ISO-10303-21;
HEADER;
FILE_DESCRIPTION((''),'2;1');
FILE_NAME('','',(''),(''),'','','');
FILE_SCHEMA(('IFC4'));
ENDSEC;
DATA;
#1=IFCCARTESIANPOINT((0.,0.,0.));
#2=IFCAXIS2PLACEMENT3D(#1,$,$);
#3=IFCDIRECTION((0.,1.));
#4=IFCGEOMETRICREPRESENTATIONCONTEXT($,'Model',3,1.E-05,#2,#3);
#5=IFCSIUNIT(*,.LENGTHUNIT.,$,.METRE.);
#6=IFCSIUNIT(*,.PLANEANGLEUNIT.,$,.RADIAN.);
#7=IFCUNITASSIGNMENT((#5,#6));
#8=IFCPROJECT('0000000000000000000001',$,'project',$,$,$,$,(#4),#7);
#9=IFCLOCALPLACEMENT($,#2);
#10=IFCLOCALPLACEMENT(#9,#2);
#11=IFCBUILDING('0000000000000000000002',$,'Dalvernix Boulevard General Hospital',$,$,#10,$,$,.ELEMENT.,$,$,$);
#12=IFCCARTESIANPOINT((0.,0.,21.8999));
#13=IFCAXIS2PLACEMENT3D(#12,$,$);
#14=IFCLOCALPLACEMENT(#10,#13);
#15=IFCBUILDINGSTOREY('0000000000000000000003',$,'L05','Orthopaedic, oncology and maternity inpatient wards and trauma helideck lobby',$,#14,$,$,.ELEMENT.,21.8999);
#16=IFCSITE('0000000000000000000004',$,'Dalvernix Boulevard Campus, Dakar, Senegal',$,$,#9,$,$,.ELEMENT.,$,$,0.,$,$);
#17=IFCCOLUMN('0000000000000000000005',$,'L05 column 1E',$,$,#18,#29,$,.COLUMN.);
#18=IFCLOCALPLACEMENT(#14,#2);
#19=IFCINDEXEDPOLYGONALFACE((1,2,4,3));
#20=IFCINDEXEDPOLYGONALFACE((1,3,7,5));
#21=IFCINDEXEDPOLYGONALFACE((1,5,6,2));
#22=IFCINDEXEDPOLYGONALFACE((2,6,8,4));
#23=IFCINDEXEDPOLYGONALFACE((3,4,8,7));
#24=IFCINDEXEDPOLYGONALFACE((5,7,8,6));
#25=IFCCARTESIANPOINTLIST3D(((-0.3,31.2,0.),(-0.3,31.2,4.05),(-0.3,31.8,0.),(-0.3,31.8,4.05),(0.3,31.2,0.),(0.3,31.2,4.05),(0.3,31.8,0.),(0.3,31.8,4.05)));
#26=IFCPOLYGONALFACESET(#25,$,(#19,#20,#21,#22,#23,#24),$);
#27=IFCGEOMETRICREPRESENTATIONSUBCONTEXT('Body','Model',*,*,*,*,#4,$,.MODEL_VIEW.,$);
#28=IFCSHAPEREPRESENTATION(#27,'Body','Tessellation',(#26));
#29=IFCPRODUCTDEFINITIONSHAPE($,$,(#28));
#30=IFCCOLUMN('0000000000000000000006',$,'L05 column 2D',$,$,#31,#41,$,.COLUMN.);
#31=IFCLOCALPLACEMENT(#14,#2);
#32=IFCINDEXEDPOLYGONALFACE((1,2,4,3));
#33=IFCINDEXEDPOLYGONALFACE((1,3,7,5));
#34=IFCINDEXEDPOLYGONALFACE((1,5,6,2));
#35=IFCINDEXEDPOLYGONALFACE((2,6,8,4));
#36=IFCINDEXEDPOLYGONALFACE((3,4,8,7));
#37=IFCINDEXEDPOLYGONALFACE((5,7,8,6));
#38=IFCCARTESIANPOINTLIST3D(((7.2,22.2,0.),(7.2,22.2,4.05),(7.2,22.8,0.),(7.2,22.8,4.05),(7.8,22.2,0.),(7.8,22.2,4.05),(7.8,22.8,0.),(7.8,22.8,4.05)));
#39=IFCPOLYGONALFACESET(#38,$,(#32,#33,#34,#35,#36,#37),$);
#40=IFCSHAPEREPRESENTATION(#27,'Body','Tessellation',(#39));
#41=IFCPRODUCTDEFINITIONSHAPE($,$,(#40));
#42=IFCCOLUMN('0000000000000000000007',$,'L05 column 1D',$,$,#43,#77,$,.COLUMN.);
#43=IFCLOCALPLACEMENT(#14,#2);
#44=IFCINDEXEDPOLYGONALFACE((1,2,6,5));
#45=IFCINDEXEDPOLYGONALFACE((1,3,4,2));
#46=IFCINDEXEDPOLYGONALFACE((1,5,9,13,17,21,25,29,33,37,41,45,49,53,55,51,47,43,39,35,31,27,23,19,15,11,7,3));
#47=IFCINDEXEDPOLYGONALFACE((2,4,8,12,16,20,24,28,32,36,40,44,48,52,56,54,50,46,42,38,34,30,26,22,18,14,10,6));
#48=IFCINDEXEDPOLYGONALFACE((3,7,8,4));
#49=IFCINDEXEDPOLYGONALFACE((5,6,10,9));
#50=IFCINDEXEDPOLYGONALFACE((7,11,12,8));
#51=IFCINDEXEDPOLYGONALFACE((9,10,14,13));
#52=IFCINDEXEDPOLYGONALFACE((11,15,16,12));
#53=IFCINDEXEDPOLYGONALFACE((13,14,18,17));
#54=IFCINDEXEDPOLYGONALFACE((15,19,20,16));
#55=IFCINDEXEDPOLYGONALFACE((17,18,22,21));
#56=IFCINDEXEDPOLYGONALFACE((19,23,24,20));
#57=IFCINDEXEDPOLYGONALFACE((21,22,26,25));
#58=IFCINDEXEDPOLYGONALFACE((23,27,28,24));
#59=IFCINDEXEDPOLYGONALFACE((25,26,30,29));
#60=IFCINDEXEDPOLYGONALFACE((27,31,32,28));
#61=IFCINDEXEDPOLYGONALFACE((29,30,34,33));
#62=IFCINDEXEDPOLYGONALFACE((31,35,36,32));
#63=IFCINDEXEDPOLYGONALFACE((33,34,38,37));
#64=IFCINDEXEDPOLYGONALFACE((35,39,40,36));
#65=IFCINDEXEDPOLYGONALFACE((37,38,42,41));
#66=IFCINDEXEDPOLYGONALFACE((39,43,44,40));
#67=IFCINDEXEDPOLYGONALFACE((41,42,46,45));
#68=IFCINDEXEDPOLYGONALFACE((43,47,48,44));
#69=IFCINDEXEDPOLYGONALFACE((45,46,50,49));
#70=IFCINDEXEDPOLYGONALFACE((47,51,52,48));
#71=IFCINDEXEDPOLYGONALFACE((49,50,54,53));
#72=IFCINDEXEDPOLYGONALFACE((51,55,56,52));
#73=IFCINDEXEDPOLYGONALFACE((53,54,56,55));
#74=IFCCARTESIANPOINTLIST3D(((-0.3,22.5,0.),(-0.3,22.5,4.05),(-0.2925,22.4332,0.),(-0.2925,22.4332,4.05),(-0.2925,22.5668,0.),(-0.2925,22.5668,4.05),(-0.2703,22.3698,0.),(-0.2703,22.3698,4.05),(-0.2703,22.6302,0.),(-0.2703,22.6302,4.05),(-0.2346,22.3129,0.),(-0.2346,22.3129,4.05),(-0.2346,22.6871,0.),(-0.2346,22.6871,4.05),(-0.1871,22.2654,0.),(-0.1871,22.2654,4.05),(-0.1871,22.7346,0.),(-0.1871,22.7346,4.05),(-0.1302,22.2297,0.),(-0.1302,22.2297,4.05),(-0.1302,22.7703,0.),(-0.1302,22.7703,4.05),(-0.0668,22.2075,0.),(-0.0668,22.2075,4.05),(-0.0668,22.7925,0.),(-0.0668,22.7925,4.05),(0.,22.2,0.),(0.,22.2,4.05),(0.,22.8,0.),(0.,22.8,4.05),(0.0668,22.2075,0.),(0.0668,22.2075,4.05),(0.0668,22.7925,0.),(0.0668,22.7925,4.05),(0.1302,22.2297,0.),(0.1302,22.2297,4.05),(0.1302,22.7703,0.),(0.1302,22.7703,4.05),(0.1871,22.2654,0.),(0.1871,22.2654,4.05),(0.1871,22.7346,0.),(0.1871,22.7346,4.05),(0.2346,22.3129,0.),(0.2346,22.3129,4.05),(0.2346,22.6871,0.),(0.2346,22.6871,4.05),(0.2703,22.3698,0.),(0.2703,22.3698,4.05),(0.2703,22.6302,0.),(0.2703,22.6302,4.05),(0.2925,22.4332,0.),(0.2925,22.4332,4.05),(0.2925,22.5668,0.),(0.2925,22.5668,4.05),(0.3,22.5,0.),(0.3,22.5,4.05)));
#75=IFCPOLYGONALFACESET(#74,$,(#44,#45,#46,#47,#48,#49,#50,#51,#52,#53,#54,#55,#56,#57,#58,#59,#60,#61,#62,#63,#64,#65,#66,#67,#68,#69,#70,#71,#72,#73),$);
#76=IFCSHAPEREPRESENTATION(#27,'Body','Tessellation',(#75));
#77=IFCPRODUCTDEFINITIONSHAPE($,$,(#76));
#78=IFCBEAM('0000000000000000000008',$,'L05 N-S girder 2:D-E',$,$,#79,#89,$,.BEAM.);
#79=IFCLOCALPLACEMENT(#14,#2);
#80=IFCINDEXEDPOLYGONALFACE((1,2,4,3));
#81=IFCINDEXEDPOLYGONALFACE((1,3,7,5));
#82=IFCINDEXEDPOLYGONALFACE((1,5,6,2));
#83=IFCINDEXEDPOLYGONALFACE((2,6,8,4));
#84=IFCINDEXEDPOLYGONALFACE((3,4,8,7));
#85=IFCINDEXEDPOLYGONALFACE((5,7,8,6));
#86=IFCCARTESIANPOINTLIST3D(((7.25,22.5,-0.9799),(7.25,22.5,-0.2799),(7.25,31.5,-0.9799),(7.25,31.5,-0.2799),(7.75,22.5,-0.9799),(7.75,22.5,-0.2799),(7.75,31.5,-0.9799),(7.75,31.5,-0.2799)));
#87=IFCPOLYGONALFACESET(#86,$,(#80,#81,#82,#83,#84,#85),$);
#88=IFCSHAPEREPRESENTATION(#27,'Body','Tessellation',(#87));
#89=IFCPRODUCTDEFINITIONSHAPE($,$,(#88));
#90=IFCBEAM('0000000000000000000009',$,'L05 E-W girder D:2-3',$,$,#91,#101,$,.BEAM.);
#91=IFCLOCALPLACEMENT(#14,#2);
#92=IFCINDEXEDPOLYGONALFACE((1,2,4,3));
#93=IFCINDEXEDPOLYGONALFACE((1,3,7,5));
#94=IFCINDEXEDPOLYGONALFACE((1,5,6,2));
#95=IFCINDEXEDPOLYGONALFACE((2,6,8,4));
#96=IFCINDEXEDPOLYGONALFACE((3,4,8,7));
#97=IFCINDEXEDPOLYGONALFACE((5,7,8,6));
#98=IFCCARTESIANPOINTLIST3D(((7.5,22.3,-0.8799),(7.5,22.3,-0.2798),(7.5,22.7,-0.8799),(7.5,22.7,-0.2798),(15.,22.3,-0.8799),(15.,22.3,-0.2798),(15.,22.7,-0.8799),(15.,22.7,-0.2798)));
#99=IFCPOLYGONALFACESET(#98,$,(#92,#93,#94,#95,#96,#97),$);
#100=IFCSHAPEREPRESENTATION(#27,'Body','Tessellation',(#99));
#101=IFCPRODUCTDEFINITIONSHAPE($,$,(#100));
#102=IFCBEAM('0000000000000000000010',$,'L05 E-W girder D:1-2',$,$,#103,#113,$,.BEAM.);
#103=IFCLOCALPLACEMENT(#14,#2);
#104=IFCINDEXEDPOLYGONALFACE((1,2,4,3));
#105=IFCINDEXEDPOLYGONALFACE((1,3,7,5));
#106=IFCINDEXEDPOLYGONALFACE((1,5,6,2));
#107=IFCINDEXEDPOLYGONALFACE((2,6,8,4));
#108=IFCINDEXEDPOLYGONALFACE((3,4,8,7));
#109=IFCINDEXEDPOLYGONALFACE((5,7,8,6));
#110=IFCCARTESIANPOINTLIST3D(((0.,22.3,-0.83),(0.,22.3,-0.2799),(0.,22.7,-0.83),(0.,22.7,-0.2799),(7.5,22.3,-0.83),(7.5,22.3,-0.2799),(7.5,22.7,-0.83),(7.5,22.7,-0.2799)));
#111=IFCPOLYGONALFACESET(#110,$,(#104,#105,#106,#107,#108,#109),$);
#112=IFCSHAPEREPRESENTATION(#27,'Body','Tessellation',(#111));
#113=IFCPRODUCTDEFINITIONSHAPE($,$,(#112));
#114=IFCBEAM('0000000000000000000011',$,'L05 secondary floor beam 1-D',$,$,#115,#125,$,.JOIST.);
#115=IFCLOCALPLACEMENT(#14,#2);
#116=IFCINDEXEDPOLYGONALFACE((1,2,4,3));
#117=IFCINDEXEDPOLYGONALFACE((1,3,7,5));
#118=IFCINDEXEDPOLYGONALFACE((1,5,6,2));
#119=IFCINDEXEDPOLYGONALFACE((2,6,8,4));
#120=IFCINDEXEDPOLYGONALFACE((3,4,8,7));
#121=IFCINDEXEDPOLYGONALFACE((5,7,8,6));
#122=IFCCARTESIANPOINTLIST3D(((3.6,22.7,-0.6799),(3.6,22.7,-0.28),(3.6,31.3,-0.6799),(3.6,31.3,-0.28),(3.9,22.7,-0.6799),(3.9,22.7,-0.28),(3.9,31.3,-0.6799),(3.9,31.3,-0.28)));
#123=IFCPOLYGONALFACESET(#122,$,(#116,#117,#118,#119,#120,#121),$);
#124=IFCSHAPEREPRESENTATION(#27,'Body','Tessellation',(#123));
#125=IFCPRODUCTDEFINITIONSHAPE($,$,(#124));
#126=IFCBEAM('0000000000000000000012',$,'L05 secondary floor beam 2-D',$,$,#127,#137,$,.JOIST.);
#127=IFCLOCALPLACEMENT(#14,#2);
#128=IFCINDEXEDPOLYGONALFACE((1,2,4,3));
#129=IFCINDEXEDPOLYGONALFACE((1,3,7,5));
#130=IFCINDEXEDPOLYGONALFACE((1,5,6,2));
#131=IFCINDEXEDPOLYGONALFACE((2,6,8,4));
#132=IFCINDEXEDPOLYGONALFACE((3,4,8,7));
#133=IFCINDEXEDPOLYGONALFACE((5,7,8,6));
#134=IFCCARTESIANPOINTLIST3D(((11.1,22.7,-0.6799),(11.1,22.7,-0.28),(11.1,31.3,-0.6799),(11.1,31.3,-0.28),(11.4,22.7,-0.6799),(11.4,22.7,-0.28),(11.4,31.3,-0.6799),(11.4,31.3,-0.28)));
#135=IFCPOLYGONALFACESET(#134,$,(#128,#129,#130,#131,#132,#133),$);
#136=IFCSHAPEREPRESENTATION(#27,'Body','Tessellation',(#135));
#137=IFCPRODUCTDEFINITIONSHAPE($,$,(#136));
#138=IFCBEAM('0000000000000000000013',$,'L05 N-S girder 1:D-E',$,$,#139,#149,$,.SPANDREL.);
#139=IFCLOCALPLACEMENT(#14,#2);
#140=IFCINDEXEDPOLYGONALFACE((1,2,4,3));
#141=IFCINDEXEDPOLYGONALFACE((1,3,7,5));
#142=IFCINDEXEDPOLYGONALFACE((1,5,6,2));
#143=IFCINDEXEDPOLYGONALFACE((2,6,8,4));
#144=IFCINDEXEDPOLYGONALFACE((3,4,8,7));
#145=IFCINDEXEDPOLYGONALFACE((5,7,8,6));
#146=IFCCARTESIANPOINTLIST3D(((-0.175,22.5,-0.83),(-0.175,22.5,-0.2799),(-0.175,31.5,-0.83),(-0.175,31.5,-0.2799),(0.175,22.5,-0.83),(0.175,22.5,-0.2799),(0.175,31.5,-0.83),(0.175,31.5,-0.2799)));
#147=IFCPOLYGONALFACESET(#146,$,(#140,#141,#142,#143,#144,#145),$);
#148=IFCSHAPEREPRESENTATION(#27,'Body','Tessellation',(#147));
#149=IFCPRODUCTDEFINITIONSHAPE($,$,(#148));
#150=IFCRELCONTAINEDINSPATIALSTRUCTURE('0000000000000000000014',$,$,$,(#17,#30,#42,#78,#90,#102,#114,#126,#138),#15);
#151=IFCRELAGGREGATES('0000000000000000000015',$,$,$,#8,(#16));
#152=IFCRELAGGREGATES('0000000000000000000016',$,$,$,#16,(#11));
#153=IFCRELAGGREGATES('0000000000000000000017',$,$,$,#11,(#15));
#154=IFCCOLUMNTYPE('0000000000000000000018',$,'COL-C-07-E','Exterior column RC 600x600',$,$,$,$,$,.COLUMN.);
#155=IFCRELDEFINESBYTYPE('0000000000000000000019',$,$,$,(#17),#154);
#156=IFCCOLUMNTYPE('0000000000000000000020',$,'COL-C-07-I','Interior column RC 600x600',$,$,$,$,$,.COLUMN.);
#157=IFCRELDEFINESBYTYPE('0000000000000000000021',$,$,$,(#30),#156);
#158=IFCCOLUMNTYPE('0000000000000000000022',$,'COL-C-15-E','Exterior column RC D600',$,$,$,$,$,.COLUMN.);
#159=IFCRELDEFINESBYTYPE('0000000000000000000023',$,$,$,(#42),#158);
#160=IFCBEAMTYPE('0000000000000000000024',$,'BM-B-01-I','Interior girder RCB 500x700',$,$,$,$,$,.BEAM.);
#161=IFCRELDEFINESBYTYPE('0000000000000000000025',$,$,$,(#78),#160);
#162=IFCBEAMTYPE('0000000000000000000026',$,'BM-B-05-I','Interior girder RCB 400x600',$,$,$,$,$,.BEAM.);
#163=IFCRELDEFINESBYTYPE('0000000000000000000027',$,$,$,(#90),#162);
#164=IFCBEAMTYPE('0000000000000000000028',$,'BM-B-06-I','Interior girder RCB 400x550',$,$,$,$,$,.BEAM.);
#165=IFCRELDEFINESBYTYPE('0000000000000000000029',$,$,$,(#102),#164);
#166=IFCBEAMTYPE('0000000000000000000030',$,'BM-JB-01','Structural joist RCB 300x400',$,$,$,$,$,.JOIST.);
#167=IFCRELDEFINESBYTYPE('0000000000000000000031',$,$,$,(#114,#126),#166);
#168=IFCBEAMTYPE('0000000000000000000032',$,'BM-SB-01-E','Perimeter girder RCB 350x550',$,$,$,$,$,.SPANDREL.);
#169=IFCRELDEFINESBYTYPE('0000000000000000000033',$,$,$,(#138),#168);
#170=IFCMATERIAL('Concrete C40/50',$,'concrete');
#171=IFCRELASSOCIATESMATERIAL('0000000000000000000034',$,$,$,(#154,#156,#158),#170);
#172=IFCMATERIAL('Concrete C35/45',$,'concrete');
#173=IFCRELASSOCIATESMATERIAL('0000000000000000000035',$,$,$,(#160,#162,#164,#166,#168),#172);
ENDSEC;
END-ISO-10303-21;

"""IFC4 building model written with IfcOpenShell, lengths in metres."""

from ifc_helpers import new_model, si_unit, direction, frame, origin, origin_2d, place, context, subcontext, project, spatial, rectangle, circle, extrude, material, material_profile, profile_set, type_object, element, save


model = new_model("IFC4")

# Units and contexts
model_context = context("Model", 3, precision=1e-05, world=origin(), true_north=direction((0.0, 1.0)))
body_context = subcontext(model_context, "Body", "Model", "MODEL_VIEW")
ifc_project = project(units=[si_unit("LENGTHUNIT", "METRE"), si_unit("PLANEANGLEUNIT", "RADIAN")], contexts=[model_context])

# Site, building, storey
site_placement = place(None, origin())
site = spatial("IfcSite", under=ifc_project, at=site_placement, Name="Dalvernix Boulevard Campus, Dakar, Senegal", CompositionType="ELEMENT", RefElevation=0.0)
building_placement = place(site_placement, origin())
building = spatial("IfcBuilding", under=site, at=building_placement, Name="Dalvernix Boulevard General Hospital", CompositionType="ELEMENT")
storey_placement = place(building_placement, frame((0.0, 0.0, 21.8999)))
storey = spatial("IfcBuildingStorey", under=building, at=storey_placement, Name="L05", Description="Orthopaedic, oncology and maternity inpatient wards and trauma helideck lobby", CompositionType="ELEMENT", Elevation=21.8999)

# Columns
ifc_material_1 = material(Name="Concrete C40/50", Category="concrete")
ifc_material_profile_1 = material_profile(ifc_material_1, rectangle(XDim=0.6001, YDim=0.6001, at=origin_2d()), Name="RC 600x600")
ifc_profile_set_1 = profile_set([ifc_material_profile_1], Name="Concrete C40/50")
column_type_1 = type_object("IfcColumnType", Name="COL-C-07-E", Description="Exterior column RC 600x600", PredefinedType="COLUMN", material=ifc_profile_set_1)
column_1_placement = place(storey_placement, frame((0.0, 31.5, 0.0), z_axis=(0.0, 0.0, 1.0), x_axis=(1.0, 0.0, 0.0)))
element("IfcColumn", 1, at=column_1_placement, inside=storey, type_object=column_type_1, Name="L05 column 1E", PredefinedType="COLUMN", context=body_context, shape_type="SweptSolid", body=[
    extrude(rectangle(XDim=0.6001, YDim=0.6001, at=origin_2d()), origin(), (0.0, 0.0, 1.0), 4.05),
])
ifc_material_profile_2 = material_profile(ifc_material_1, rectangle(XDim=0.6001, YDim=0.6001, at=origin_2d()), Name="RC 600x600")
ifc_profile_set_2 = profile_set([ifc_material_profile_2], Name="Concrete C40/50")
column_type_2 = type_object("IfcColumnType", Name="COL-C-07-I", Description="Interior column RC 600x600", PredefinedType="COLUMN", material=ifc_profile_set_2)
column_2_placement = place(storey_placement, frame((7.5, 22.5, 0.0), z_axis=(0.0, 0.0, 1.0), x_axis=(1.0, 0.0, 0.0)))
element("IfcColumn", 2, at=column_2_placement, inside=storey, type_object=column_type_2, Name="L05 column 2D", PredefinedType="COLUMN", context=body_context, shape_type="SweptSolid", body=[
    extrude(rectangle(XDim=0.6001, YDim=0.6001, at=origin_2d()), origin(), (0.0, 0.0, 1.0), 4.05),
])
ifc_material_profile_3 = material_profile(ifc_material_1, circle(Radius=0.3, at=origin_2d()), Name="RC D600")
ifc_profile_set_3 = profile_set([ifc_material_profile_3], Name="Concrete C40/50")
column_type_3 = type_object("IfcColumnType", Name="COL-C-15-E", Description="Exterior column RC D600", PredefinedType="COLUMN", material=ifc_profile_set_3)
column_3_placement = place(storey_placement, frame((0.0, 22.5, 0.0), z_axis=(0.0, 0.0, 1.0), x_axis=(1.0, 0.0, 0.0)))
element("IfcColumn", 3, at=column_3_placement, inside=storey, type_object=column_type_3, Name="L05 column 1D", PredefinedType="COLUMN", context=body_context, shape_type="SweptSolid", body=[
    extrude(circle(Radius=0.3, at=origin_2d()), origin(), (0.0, 0.0, 1.0), 4.05),
])

# Beams
ifc_material_2 = material(Name="Concrete C35/45", Category="concrete")
ifc_material_profile_4 = material_profile(ifc_material_2, rectangle(XDim=0.5, YDim=0.7, at=origin_2d()), Name="RCB 500x700")
ifc_profile_set_4 = profile_set([ifc_material_profile_4], Name="Concrete C35/45")
beam_type_1 = type_object("IfcBeamType", Name="BM-B-01-I", Description="Interior girder RCB 500x700", PredefinedType="BEAM", material=ifc_profile_set_4)
beam_1_placement = place(storey_placement, frame((7.5, 22.5, -0.6299), z_axis=(0.0, 1.0, 0.0), x_axis=(-1.0, 0.0, 0.0)))
element("IfcBeam", 4, at=beam_1_placement, inside=storey, type_object=beam_type_1, Name="L05 N-S girder 2:D-E", PredefinedType="BEAM", context=body_context, shape_type="SweptSolid", body=[
    extrude(rectangle(XDim=0.5, YDim=0.7, at=origin_2d()), origin(), (0.0, 0.0, 1.0), 9.0),
])
ifc_material_profile_5 = material_profile(ifc_material_2, rectangle(XDim=0.3999, YDim=0.6001, at=origin_2d()), Name="RCB 400x600")
ifc_profile_set_5 = profile_set([ifc_material_profile_5], Name="Concrete C35/45")
beam_type_2 = type_object("IfcBeamType", Name="BM-B-05-I", Description="Interior girder RCB 400x600", PredefinedType="BEAM", material=ifc_profile_set_5)
beam_2_placement = place(storey_placement, frame((7.5, 22.5, -0.5798), z_axis=(1.0, 0.0, 0.0), x_axis=(0.0, 1.0, 0.0)))
element("IfcBeam", 5, at=beam_2_placement, inside=storey, type_object=beam_type_2, Name="L05 E-W girder D:2-3", PredefinedType="BEAM", context=body_context, shape_type="SweptSolid", body=[
    extrude(rectangle(XDim=0.3999, YDim=0.6001, at=origin_2d()), origin(), (0.0, 0.0, 1.0), 7.5),
])
ifc_material_profile_6 = material_profile(ifc_material_2, rectangle(XDim=0.3999, YDim=0.55, at=origin_2d()), Name="RCB 400x550")
ifc_profile_set_6 = profile_set([ifc_material_profile_6], Name="Concrete C35/45")
beam_type_3 = type_object("IfcBeamType", Name="BM-B-06-I", Description="Interior girder RCB 400x550", PredefinedType="BEAM", material=ifc_profile_set_6)
beam_3_placement = place(storey_placement, frame((0.0, 22.5, -0.5549), z_axis=(1.0, 0.0, 0.0), x_axis=(0.0, 1.0, 0.0)))
element("IfcBeam", 6, at=beam_3_placement, inside=storey, type_object=beam_type_3, Name="L05 E-W girder D:1-2", PredefinedType="BEAM", context=body_context, shape_type="SweptSolid", body=[
    extrude(rectangle(XDim=0.3999, YDim=0.55, at=origin_2d()), origin(), (0.0, 0.0, 1.0), 7.5),
])
ifc_material_profile_7 = material_profile(ifc_material_2, rectangle(XDim=0.3, YDim=0.3999, at=origin_2d()), Name="RCB 300x400")
ifc_profile_set_7 = profile_set([ifc_material_profile_7], Name="Concrete C35/45")
beam_type_4 = type_object("IfcBeamType", Name="BM-JB-01", Description="Structural joist RCB 300x400", PredefinedType="JOIST", material=ifc_profile_set_7)
for number, where, z_axis, x_axis, name in (
    (7, (3.75, 22.7, -0.48), (0.0, 1.0, 0.0), (-1.0, 0.0, 0.0), "L05 secondary floor beam 1-D"),
    (8, (11.25, 22.7, -0.48), (0.0, 1.0, 0.0), (-1.0, 0.0, 0.0), "L05 secondary floor beam 2-D"),
):
    element("IfcBeam", number, at=place(storey_placement, frame(where, z_axis=z_axis, x_axis=x_axis)), inside=storey, type_object=beam_type_4, Name=name, PredefinedType="JOIST", context=body_context, shape_type="SweptSolid", body=[
        extrude(rectangle(XDim=0.3, YDim=0.3999, at=origin_2d()), origin(), (0.0, 0.0, 1.0), 8.6001),
    ])
ifc_material_profile_8 = material_profile(ifc_material_2, rectangle(XDim=0.3501, YDim=0.55, at=origin_2d()), Name="RCB 350x550")
ifc_profile_set_8 = profile_set([ifc_material_profile_8], Name="Concrete C35/45")
beam_type_5 = type_object("IfcBeamType", Name="BM-SB-01-E", Description="Perimeter girder RCB 350x550", PredefinedType="SPANDREL", material=ifc_profile_set_8)
beam_4_placement = place(storey_placement, frame((0.0, 22.5, -0.5549), z_axis=(0.0, 1.0, 0.0), x_axis=(-1.0, 0.0, 0.0)))
element("IfcBeam", 9, at=beam_4_placement, inside=storey, type_object=beam_type_5, Name="L05 N-S girder 1:D-E", PredefinedType="SPANDREL", context=body_context, shape_type="SweptSolid", body=[
    extrude(rectangle(XDim=0.3501, YDim=0.55, at=origin_2d()), origin(), (0.0, 0.0, 1.0), 9.0),
])

save(model, "model.ifc")
